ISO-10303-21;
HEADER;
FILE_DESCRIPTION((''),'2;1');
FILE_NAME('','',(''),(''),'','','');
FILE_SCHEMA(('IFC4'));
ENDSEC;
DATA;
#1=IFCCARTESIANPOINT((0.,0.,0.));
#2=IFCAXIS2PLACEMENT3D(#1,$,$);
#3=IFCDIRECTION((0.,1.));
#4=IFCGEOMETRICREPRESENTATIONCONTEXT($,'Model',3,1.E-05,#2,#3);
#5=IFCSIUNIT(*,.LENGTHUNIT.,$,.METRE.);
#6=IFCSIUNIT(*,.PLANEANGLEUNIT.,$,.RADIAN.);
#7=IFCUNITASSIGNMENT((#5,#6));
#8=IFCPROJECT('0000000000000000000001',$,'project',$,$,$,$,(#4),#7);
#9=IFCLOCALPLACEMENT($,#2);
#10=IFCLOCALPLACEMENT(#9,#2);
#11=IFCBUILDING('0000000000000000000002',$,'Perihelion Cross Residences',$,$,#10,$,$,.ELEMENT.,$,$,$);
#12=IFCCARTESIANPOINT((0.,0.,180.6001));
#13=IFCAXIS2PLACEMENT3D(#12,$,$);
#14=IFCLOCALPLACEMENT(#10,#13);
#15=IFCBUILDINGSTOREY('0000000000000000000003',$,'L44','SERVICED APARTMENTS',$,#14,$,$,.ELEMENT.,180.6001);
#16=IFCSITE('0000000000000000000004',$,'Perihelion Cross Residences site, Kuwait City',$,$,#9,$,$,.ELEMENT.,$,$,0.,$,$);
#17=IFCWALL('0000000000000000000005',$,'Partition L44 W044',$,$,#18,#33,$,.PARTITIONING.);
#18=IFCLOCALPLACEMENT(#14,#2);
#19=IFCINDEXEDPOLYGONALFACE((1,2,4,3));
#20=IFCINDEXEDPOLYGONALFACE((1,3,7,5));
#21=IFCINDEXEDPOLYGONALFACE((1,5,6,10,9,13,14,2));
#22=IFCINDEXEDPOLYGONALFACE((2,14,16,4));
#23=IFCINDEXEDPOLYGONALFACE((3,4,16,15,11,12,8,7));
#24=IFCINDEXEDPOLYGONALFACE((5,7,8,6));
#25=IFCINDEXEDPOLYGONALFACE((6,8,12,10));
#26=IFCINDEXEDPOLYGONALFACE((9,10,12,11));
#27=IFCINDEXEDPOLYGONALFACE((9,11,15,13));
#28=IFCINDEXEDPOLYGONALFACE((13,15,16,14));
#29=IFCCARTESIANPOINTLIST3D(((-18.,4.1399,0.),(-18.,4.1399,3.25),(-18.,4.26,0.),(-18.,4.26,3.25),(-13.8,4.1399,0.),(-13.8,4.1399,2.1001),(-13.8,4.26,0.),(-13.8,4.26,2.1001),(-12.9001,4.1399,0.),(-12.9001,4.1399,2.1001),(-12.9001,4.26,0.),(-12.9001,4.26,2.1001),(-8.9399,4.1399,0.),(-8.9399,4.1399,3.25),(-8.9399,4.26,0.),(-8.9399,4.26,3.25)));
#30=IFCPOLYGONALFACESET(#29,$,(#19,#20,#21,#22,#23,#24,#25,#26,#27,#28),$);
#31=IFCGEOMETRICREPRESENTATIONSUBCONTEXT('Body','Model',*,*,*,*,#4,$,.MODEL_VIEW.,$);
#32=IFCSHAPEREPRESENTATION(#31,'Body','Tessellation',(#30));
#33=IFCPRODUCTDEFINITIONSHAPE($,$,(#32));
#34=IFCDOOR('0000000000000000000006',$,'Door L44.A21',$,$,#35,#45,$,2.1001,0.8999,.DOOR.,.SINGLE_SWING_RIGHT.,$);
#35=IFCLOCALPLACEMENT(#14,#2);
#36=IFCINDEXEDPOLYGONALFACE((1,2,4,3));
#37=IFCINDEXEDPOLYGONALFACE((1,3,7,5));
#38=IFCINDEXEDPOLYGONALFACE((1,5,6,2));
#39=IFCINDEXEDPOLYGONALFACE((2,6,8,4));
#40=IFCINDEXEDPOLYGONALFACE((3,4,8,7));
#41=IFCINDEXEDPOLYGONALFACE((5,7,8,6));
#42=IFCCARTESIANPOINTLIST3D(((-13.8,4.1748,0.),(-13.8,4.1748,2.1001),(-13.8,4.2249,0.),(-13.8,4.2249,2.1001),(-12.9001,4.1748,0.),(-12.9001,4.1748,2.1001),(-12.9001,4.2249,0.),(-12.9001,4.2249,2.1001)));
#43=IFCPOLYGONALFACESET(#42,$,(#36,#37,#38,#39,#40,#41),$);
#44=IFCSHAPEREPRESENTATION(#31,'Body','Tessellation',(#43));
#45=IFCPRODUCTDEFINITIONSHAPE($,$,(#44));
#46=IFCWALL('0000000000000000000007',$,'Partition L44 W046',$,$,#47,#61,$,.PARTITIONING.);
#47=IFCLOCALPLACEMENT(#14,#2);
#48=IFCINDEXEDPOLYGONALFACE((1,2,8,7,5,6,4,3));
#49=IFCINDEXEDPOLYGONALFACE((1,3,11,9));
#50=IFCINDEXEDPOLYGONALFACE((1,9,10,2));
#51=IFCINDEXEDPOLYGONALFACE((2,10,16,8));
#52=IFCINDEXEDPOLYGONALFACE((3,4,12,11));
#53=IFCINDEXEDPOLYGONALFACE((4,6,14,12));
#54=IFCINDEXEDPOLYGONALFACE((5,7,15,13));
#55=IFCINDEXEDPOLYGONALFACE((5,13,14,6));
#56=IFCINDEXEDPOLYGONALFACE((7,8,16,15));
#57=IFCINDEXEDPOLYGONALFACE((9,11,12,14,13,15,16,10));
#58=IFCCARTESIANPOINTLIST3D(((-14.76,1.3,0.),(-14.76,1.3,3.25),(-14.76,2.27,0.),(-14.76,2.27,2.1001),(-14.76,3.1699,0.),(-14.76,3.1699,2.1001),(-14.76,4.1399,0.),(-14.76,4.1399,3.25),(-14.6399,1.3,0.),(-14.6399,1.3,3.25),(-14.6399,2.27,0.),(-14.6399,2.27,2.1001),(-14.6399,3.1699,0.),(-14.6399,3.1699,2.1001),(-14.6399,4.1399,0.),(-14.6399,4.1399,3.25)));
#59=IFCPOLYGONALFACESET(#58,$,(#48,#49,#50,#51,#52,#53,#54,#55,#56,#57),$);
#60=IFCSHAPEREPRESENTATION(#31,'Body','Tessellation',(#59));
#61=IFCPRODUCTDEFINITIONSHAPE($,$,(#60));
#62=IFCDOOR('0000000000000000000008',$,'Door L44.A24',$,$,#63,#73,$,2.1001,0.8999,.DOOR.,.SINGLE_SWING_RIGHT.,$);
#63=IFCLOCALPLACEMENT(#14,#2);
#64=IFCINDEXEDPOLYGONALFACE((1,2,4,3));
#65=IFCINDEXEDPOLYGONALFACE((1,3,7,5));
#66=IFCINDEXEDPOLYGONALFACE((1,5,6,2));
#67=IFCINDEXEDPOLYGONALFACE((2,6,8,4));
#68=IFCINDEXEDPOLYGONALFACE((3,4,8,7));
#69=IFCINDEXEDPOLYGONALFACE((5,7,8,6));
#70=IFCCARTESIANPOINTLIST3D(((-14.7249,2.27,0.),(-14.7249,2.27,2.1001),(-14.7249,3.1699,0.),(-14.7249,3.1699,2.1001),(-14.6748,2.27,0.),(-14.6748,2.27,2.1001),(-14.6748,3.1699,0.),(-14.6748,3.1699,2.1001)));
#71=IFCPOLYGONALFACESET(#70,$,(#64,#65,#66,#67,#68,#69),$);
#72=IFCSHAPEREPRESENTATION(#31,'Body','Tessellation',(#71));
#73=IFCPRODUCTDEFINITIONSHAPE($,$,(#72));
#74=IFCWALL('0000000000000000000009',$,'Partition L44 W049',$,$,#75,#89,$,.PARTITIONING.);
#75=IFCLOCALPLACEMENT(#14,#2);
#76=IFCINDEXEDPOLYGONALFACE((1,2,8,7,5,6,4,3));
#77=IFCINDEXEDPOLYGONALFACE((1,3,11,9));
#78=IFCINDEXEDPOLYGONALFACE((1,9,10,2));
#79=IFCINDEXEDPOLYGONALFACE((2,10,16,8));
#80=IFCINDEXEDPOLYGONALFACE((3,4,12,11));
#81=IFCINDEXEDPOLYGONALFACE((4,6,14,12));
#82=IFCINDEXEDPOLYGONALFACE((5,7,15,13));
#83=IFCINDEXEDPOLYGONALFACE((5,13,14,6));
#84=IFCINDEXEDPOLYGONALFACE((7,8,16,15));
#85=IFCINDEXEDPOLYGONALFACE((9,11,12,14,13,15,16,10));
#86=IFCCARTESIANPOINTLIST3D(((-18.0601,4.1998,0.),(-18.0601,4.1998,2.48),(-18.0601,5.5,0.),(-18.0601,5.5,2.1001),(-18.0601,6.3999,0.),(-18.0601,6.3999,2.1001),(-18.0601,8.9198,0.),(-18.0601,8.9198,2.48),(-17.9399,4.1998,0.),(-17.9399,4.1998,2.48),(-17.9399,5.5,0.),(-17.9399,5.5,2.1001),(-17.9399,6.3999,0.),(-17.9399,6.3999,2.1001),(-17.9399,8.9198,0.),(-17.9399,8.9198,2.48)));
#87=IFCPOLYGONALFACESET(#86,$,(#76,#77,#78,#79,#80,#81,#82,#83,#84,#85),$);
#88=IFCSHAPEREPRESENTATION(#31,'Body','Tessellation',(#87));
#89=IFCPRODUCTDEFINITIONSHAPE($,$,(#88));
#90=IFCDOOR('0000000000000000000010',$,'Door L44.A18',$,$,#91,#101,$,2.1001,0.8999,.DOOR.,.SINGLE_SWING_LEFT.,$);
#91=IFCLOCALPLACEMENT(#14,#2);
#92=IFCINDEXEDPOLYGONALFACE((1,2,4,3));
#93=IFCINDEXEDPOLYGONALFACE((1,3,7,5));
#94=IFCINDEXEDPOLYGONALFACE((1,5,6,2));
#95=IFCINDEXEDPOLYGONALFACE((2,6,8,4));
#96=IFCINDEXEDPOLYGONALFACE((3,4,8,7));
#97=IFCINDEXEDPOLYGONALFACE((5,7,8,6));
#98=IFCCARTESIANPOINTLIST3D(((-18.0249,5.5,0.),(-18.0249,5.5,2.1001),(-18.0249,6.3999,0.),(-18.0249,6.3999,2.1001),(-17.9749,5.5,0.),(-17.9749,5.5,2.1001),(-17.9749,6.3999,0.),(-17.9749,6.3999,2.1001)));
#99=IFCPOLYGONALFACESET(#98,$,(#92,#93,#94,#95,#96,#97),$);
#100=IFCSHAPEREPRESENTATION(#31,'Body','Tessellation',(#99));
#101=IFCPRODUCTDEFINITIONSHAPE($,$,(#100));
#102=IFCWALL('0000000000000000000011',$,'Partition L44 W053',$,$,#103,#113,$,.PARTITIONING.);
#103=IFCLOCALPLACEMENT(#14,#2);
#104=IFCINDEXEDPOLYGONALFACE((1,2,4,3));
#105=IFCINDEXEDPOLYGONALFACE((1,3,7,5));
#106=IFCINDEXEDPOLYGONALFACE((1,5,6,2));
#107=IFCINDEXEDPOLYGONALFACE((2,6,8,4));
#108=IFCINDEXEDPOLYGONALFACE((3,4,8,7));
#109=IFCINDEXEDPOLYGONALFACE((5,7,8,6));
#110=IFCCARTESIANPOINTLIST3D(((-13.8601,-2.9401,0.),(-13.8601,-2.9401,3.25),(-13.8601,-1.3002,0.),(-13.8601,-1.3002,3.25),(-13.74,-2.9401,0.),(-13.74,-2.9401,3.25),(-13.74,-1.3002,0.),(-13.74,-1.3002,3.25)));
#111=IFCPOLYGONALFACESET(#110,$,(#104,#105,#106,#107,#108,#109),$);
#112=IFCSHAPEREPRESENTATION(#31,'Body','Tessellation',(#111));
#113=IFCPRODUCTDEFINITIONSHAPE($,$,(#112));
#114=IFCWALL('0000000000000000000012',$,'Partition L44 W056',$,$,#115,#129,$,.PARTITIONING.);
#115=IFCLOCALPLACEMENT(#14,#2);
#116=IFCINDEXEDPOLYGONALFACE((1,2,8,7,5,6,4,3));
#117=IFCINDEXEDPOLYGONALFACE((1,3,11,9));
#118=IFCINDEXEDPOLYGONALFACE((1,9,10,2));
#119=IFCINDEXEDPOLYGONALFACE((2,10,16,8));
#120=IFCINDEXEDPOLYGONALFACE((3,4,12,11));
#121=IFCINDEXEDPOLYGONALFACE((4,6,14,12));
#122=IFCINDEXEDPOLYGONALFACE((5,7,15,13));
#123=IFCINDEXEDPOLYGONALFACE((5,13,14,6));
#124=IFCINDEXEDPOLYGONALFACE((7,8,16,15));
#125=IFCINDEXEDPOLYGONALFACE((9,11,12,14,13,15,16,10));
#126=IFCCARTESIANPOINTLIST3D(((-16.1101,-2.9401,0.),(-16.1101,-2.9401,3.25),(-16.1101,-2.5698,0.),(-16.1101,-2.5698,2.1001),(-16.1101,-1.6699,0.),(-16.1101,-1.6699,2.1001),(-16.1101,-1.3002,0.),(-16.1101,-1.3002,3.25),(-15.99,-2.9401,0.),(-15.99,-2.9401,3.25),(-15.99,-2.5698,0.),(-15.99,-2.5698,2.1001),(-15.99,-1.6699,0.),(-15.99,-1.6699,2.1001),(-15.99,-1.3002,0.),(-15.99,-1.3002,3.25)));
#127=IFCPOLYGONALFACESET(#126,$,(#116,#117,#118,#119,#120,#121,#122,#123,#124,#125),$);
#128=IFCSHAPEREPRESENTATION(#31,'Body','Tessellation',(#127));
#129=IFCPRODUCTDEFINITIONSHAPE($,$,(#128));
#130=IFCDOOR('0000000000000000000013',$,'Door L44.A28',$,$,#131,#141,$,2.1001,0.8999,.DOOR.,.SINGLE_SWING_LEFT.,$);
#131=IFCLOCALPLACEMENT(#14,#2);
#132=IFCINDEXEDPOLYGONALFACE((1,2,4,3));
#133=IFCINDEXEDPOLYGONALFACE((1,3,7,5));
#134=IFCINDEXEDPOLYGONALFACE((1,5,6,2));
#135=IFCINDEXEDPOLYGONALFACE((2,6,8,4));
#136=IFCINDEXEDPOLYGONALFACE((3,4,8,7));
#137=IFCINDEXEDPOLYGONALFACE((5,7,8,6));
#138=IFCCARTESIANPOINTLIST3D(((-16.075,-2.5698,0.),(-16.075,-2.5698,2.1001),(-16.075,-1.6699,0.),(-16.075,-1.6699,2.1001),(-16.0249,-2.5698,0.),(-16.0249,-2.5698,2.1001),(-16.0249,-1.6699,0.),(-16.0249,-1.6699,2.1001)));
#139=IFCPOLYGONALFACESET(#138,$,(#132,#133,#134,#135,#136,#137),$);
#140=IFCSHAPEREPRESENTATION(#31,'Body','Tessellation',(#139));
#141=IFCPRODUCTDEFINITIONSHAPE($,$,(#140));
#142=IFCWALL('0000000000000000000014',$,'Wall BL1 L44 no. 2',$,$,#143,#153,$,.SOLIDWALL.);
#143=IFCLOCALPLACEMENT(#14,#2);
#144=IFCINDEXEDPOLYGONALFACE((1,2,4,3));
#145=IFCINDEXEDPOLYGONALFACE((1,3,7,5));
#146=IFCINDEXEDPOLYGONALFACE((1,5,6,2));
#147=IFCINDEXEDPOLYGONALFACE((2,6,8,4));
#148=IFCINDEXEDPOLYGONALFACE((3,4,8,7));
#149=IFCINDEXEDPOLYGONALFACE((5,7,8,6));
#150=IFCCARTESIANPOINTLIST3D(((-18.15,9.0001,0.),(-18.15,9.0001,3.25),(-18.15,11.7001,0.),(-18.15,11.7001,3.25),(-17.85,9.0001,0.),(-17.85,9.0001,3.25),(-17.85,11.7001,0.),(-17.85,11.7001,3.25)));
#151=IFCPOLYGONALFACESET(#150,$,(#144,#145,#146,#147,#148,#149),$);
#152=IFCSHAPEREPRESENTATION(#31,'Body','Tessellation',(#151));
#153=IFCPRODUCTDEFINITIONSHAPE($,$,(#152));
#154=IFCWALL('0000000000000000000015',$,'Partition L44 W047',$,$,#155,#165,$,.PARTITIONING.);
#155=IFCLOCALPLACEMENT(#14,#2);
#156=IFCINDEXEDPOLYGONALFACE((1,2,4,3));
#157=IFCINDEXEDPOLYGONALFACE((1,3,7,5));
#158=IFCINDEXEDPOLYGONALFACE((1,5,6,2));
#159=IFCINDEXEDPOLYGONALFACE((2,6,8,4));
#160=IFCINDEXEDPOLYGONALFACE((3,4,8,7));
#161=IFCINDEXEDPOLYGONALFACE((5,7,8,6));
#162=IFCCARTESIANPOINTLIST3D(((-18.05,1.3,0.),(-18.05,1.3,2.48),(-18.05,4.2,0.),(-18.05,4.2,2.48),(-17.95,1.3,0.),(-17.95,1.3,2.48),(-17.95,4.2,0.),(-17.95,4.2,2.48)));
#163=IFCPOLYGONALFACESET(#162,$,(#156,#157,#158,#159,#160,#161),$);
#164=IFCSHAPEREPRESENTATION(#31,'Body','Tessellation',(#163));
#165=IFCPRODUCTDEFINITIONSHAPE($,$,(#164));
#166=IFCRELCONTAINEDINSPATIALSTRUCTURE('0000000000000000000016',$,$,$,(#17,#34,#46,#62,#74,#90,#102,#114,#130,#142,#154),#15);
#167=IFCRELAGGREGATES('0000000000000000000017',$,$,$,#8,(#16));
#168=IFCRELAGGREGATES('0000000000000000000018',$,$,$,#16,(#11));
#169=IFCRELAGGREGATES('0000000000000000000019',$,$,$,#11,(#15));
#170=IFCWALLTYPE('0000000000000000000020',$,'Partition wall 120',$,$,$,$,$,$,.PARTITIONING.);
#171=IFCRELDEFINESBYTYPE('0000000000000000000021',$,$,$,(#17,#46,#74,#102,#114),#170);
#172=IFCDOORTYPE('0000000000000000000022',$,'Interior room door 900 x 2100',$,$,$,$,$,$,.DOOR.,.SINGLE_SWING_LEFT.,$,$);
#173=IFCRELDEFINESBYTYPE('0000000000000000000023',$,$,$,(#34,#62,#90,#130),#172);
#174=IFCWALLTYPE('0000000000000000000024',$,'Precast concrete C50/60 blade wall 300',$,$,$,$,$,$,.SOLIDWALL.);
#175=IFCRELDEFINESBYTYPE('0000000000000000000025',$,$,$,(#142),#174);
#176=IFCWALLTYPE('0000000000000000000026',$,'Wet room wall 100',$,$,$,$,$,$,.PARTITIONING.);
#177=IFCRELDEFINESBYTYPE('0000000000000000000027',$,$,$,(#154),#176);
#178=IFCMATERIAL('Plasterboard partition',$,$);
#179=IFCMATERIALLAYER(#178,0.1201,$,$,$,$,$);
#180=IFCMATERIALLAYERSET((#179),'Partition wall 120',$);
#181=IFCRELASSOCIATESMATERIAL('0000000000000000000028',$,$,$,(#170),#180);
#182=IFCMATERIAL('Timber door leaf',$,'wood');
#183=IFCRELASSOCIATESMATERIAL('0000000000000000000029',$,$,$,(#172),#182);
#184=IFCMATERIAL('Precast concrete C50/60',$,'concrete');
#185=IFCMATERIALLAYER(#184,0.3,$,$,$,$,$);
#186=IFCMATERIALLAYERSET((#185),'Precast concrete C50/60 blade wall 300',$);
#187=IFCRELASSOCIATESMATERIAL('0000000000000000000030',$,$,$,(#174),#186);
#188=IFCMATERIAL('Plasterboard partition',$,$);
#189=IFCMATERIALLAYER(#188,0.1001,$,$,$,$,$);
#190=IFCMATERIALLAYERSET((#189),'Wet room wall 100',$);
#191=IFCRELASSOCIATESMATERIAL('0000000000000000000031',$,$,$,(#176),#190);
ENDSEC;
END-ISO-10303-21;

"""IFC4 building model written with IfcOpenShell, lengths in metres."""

from ifc_helpers import new_model, si_unit, direction, frame, frame_2d, origin, place, context, subcontext, project, spatial, rectangle, extrude, material, layer, layer_set, type_object, element, fill, save


model = new_model("IFC4")

# Units and contexts
model_context = context("Model", 3, precision=1e-05, world=origin(), true_north=direction((0.0, 1.0)))
body_context = subcontext(model_context, "Body", "Model", "MODEL_VIEW")
ifc_project = project(units=[si_unit("LENGTHUNIT", "METRE"), si_unit("PLANEANGLEUNIT", "RADIAN")], contexts=[model_context])

# Site, building, storey
site_placement = place(None, origin())
site = spatial("IfcSite", under=ifc_project, at=site_placement, Name="Perihelion Cross Residences site, Kuwait City", CompositionType="ELEMENT", RefElevation=0.0)
building_placement = place(site_placement, origin())
building = spatial("IfcBuilding", under=site, at=building_placement, Name="Perihelion Cross Residences", CompositionType="ELEMENT")
storey_placement = place(building_placement, frame((0.0, 0.0, 180.6001)))
storey = spatial("IfcBuildingStorey", under=building, at=storey_placement, Name="L44", Description="SERVICED APARTMENTS", CompositionType="ELEMENT", Elevation=180.6001)

# Walls, openings, doors
ifc_material_1 = material(Name="Plasterboard partition")
ifc_layer_1 = layer(ifc_material_1, 0.1201)
ifc_layer_set_1 = layer_set([ifc_layer_1], Name="Partition wall 120")
wall_type_1 = type_object("IfcWallType", Name="Partition wall 120", PredefinedType="PARTITIONING", material=ifc_layer_set_1)
ifc_material_2 = material(Name="Timber door leaf", Category="wood")
door_type_1 = type_object("IfcDoorType", Name="Interior room door 900 x 2100", OperationType="SINGLE_SWING_LEFT", PredefinedType="DOOR", material=ifc_material_2)
wall_1_placement = place(storey_placement, frame((-18.0, 4.2, 0.0), z_axis=(0.0, 0.0, 1.0), x_axis=(1.0, 0.0, 0.0)))
wall_1 = element("IfcWall", 1, at=wall_1_placement, inside=storey, type_object=wall_type_1, Name="Partition L44 W044", PredefinedType="PARTITIONING", context=body_context, shape_type="SweptSolid", body=[
    extrude(rectangle(XDim=9.0601, YDim=0.1201, at=frame_2d((4.53, 0.0))), origin(), (0.0, 0.0, 1.0), 3.25),
])
opening_1_placement = place(wall_1_placement, frame((4.2, 0.0, 0.0)))
opening_1 = element("IfcOpeningElement", 2, at=opening_1_placement, cuts=wall_1, PredefinedType="OPENING", context=body_context, shape_type="SweptSolid", body=[
    extrude(rectangle(XDim=0.8999, YDim=2.1001, at=frame_2d((0.45, 1.05))), frame((0.0, 0.0701, 0.0), z_axis=(0.0, -1.0, 0.0), x_axis=(1.0, 0.0, 0.0)), (0.0, 0.0, 1.0), 0.1401),
])
door_1_placement = place(opening_1_placement, origin())
door_1 = element("IfcDoor", 3, at=door_1_placement, inside=storey, type_object=door_type_1, Name="Door L44.A21", OperationType="SINGLE_SWING_RIGHT", OverallHeight=2.1001, OverallWidth=0.8999, PredefinedType="DOOR", context=body_context, shape_type="SweptSolid", body=[
    extrude(rectangle(XDim=0.8999, YDim=2.1001, at=frame_2d((0.45, 1.05))), frame((0.0, 0.0249, 0.0), z_axis=(0.0, -1.0, 0.0), x_axis=(1.0, 0.0, 0.0)), (0.0, 0.0, 1.0), 0.05),
])
fill(opening_1, door_1)
wall_2_placement = place(storey_placement, frame((-14.7, 1.3, 0.0), z_axis=(0.0, 0.0, 1.0), x_axis=(0.0, 1.0, 0.0)))
wall_2 = element("IfcWall", 4, at=wall_2_placement, inside=storey, type_object=wall_type_1, Name="Partition L44 W046", PredefinedType="PARTITIONING", context=body_context, shape_type="SweptSolid", body=[
    extrude(rectangle(XDim=2.8398, YDim=0.1201, at=frame_2d((1.4199, 0.0))), origin(), (0.0, 0.0, 1.0), 3.25),
])
opening_2_placement = place(wall_2_placement, frame((0.97, 0.0, 0.0)))
opening_2 = element("IfcOpeningElement", 5, at=opening_2_placement, cuts=wall_2, PredefinedType="OPENING", context=body_context, shape_type="SweptSolid", body=[
    extrude(rectangle(XDim=0.8999, YDim=2.1001, at=frame_2d((0.45, 1.05))), frame((0.0, 0.0701, 0.0), z_axis=(0.0, -1.0, 0.0), x_axis=(1.0, 0.0, 0.0)), (0.0, 0.0, 1.0), 0.1401),
])
door_2_placement = place(opening_2_placement, origin())
door_2 = element("IfcDoor", 6, at=door_2_placement, inside=storey, type_object=door_type_1, Name="Door L44.A24", OperationType="SINGLE_SWING_RIGHT", OverallHeight=2.1001, OverallWidth=0.8999, PredefinedType="DOOR", context=body_context, shape_type="SweptSolid", body=[
    extrude(rectangle(XDim=0.8999, YDim=2.1001, at=frame_2d((0.45, 1.05))), frame((0.0, 0.0249, 0.0), z_axis=(0.0, -1.0, 0.0), x_axis=(1.0, 0.0, 0.0)), (0.0, 0.0, 1.0), 0.05),
])
fill(opening_2, door_2)
wall_3_placement = place(storey_placement, frame((-18.0, 4.2, 0.0), z_axis=(0.0, 0.0, 1.0), x_axis=(0.0, 1.0, 0.0)))
wall_3 = element("IfcWall", 7, at=wall_3_placement, inside=storey, type_object=wall_type_1, Name="Partition L44 W049", PredefinedType="PARTITIONING", context=body_context, shape_type="SweptSolid", body=[
    extrude(rectangle(XDim=4.72, YDim=0.1201, at=frame_2d((2.3599, 0.0))), origin(), (0.0, 0.0, 1.0), 2.48),
])
opening_3_placement = place(wall_3_placement, frame((1.3, 0.0, 0.0)))
opening_3 = element("IfcOpeningElement", 8, at=opening_3_placement, cuts=wall_3, PredefinedType="OPENING", context=body_context, shape_type="SweptSolid", body=[
    extrude(rectangle(XDim=0.8999, YDim=2.1001, at=frame_2d((0.45, 1.05))), frame((0.0, 0.0701, 0.0), z_axis=(0.0, -1.0, 0.0), x_axis=(1.0, 0.0, 0.0)), (0.0, 0.0, 1.0), 0.1401),
])
door_3_placement = place(opening_3_placement, origin())
door_3 = element("IfcDoor", 9, at=door_3_placement, inside=storey, type_object=door_type_1, Name="Door L44.A18", OperationType="SINGLE_SWING_LEFT", OverallHeight=2.1001, OverallWidth=0.8999, PredefinedType="DOOR", context=body_context, shape_type="SweptSolid", body=[
    extrude(rectangle(XDim=0.8999, YDim=2.1001, at=frame_2d((0.45, 1.05))), frame((0.0, 0.0249, 0.0), z_axis=(0.0, -1.0, 0.0), x_axis=(1.0, 0.0, 0.0)), (0.0, 0.0, 1.0), 0.05),
])
fill(opening_3, door_3)

# Wall
wall_4_placement = place(storey_placement, frame((-13.8, -2.9399, 0.0), z_axis=(0.0, 0.0, 1.0), x_axis=(0.0, 1.0, 0.0)))
element("IfcWall", 10, at=wall_4_placement, inside=storey, type_object=wall_type_1, Name="Partition L44 W053", PredefinedType="PARTITIONING", context=body_context, shape_type="SweptSolid", body=[
    extrude(rectangle(XDim=1.6399, YDim=0.1201, at=frame_2d((0.8198, 0.0))), origin(), (0.0, 0.0, 1.0), 3.25),
])

# Wall, opening, door
wall_5_placement = place(storey_placement, frame((-16.05, -2.9399, 0.0), z_axis=(0.0, 0.0, 1.0), x_axis=(0.0, 1.0, 0.0)))
wall_5 = element("IfcWall", 11, at=wall_5_placement, inside=storey, type_object=wall_type_1, Name="Partition L44 W056", PredefinedType="PARTITIONING", context=body_context, shape_type="SweptSolid", body=[
    extrude(rectangle(XDim=1.6399, YDim=0.1201, at=frame_2d((0.8198, 0.0))), origin(), (0.0, 0.0, 1.0), 3.25),
])
opening_4_placement = place(wall_5_placement, frame((0.3701, 0.0, 0.0)))
opening_4 = element("IfcOpeningElement", 12, at=opening_4_placement, cuts=wall_5, PredefinedType="OPENING", context=body_context, shape_type="SweptSolid", body=[
    extrude(rectangle(XDim=0.8999, YDim=2.1001, at=frame_2d((0.45, 1.05))), frame((0.0, 0.0701, 0.0), z_axis=(0.0, -1.0, 0.0), x_axis=(1.0, 0.0, 0.0)), (0.0, 0.0, 1.0), 0.1401),
])
door_4_placement = place(opening_4_placement, origin())
door_4 = element("IfcDoor", 13, at=door_4_placement, inside=storey, type_object=door_type_1, Name="Door L44.A28", OperationType="SINGLE_SWING_LEFT", OverallHeight=2.1001, OverallWidth=0.8999, PredefinedType="DOOR", context=body_context, shape_type="SweptSolid", body=[
    extrude(rectangle(XDim=0.8999, YDim=2.1001, at=frame_2d((0.45, 1.05))), frame((0.0, 0.0249, 0.0), z_axis=(0.0, -1.0, 0.0), x_axis=(1.0, 0.0, 0.0)), (0.0, 0.0, 1.0), 0.05),
])
fill(opening_4, door_4)

# Walls
ifc_material_3 = material(Name="Precast concrete C50/60", Category="concrete")
ifc_layer_2 = layer(ifc_material_3, 0.3)
ifc_layer_set_2 = layer_set([ifc_layer_2], Name="Precast concrete C50/60 blade wall 300")
wall_type_2 = type_object("IfcWallType", Name="Precast concrete C50/60 blade wall 300", PredefinedType="SOLIDWALL", material=ifc_layer_set_2)
wall_6_placement = place(storey_placement, frame((-18.0, 9.0, 0.0), z_axis=(0.0, 0.0, 1.0), x_axis=(0.0, 1.0, 0.0)))
element("IfcWall", 14, at=wall_6_placement, inside=storey, type_object=wall_type_2, Name="Wall BL1 L44 no. 2", PredefinedType="SOLIDWALL", context=body_context, shape_type="SweptSolid", body=[
    extrude(rectangle(XDim=2.7, YDim=0.3, at=frame_2d((1.3501, 0.0))), origin(), (0.0, 0.0, 1.0), 3.25),
])
ifc_material_4 = material(Name="Plasterboard partition")
ifc_layer_3 = layer(ifc_material_4, 0.1001)
ifc_layer_set_3 = layer_set([ifc_layer_3], Name="Wet room wall 100")
wall_type_3 = type_object("IfcWallType", Name="Wet room wall 100", PredefinedType="PARTITIONING", material=ifc_layer_set_3)
wall_7_placement = place(storey_placement, frame((-18.0, 1.3, 0.0), z_axis=(0.0, 0.0, 1.0), x_axis=(0.0, 1.0, 0.0)))
element("IfcWall", 15, at=wall_7_placement, inside=storey, type_object=wall_type_3, Name="Partition L44 W047", PredefinedType="PARTITIONING", context=body_context, shape_type="SweptSolid", body=[
    extrude(rectangle(XDim=2.8999, YDim=0.1001, at=frame_2d((1.45, 0.0))), origin(), (0.0, 0.0, 1.0), 2.48),
])

save(model, "model.ifc")
